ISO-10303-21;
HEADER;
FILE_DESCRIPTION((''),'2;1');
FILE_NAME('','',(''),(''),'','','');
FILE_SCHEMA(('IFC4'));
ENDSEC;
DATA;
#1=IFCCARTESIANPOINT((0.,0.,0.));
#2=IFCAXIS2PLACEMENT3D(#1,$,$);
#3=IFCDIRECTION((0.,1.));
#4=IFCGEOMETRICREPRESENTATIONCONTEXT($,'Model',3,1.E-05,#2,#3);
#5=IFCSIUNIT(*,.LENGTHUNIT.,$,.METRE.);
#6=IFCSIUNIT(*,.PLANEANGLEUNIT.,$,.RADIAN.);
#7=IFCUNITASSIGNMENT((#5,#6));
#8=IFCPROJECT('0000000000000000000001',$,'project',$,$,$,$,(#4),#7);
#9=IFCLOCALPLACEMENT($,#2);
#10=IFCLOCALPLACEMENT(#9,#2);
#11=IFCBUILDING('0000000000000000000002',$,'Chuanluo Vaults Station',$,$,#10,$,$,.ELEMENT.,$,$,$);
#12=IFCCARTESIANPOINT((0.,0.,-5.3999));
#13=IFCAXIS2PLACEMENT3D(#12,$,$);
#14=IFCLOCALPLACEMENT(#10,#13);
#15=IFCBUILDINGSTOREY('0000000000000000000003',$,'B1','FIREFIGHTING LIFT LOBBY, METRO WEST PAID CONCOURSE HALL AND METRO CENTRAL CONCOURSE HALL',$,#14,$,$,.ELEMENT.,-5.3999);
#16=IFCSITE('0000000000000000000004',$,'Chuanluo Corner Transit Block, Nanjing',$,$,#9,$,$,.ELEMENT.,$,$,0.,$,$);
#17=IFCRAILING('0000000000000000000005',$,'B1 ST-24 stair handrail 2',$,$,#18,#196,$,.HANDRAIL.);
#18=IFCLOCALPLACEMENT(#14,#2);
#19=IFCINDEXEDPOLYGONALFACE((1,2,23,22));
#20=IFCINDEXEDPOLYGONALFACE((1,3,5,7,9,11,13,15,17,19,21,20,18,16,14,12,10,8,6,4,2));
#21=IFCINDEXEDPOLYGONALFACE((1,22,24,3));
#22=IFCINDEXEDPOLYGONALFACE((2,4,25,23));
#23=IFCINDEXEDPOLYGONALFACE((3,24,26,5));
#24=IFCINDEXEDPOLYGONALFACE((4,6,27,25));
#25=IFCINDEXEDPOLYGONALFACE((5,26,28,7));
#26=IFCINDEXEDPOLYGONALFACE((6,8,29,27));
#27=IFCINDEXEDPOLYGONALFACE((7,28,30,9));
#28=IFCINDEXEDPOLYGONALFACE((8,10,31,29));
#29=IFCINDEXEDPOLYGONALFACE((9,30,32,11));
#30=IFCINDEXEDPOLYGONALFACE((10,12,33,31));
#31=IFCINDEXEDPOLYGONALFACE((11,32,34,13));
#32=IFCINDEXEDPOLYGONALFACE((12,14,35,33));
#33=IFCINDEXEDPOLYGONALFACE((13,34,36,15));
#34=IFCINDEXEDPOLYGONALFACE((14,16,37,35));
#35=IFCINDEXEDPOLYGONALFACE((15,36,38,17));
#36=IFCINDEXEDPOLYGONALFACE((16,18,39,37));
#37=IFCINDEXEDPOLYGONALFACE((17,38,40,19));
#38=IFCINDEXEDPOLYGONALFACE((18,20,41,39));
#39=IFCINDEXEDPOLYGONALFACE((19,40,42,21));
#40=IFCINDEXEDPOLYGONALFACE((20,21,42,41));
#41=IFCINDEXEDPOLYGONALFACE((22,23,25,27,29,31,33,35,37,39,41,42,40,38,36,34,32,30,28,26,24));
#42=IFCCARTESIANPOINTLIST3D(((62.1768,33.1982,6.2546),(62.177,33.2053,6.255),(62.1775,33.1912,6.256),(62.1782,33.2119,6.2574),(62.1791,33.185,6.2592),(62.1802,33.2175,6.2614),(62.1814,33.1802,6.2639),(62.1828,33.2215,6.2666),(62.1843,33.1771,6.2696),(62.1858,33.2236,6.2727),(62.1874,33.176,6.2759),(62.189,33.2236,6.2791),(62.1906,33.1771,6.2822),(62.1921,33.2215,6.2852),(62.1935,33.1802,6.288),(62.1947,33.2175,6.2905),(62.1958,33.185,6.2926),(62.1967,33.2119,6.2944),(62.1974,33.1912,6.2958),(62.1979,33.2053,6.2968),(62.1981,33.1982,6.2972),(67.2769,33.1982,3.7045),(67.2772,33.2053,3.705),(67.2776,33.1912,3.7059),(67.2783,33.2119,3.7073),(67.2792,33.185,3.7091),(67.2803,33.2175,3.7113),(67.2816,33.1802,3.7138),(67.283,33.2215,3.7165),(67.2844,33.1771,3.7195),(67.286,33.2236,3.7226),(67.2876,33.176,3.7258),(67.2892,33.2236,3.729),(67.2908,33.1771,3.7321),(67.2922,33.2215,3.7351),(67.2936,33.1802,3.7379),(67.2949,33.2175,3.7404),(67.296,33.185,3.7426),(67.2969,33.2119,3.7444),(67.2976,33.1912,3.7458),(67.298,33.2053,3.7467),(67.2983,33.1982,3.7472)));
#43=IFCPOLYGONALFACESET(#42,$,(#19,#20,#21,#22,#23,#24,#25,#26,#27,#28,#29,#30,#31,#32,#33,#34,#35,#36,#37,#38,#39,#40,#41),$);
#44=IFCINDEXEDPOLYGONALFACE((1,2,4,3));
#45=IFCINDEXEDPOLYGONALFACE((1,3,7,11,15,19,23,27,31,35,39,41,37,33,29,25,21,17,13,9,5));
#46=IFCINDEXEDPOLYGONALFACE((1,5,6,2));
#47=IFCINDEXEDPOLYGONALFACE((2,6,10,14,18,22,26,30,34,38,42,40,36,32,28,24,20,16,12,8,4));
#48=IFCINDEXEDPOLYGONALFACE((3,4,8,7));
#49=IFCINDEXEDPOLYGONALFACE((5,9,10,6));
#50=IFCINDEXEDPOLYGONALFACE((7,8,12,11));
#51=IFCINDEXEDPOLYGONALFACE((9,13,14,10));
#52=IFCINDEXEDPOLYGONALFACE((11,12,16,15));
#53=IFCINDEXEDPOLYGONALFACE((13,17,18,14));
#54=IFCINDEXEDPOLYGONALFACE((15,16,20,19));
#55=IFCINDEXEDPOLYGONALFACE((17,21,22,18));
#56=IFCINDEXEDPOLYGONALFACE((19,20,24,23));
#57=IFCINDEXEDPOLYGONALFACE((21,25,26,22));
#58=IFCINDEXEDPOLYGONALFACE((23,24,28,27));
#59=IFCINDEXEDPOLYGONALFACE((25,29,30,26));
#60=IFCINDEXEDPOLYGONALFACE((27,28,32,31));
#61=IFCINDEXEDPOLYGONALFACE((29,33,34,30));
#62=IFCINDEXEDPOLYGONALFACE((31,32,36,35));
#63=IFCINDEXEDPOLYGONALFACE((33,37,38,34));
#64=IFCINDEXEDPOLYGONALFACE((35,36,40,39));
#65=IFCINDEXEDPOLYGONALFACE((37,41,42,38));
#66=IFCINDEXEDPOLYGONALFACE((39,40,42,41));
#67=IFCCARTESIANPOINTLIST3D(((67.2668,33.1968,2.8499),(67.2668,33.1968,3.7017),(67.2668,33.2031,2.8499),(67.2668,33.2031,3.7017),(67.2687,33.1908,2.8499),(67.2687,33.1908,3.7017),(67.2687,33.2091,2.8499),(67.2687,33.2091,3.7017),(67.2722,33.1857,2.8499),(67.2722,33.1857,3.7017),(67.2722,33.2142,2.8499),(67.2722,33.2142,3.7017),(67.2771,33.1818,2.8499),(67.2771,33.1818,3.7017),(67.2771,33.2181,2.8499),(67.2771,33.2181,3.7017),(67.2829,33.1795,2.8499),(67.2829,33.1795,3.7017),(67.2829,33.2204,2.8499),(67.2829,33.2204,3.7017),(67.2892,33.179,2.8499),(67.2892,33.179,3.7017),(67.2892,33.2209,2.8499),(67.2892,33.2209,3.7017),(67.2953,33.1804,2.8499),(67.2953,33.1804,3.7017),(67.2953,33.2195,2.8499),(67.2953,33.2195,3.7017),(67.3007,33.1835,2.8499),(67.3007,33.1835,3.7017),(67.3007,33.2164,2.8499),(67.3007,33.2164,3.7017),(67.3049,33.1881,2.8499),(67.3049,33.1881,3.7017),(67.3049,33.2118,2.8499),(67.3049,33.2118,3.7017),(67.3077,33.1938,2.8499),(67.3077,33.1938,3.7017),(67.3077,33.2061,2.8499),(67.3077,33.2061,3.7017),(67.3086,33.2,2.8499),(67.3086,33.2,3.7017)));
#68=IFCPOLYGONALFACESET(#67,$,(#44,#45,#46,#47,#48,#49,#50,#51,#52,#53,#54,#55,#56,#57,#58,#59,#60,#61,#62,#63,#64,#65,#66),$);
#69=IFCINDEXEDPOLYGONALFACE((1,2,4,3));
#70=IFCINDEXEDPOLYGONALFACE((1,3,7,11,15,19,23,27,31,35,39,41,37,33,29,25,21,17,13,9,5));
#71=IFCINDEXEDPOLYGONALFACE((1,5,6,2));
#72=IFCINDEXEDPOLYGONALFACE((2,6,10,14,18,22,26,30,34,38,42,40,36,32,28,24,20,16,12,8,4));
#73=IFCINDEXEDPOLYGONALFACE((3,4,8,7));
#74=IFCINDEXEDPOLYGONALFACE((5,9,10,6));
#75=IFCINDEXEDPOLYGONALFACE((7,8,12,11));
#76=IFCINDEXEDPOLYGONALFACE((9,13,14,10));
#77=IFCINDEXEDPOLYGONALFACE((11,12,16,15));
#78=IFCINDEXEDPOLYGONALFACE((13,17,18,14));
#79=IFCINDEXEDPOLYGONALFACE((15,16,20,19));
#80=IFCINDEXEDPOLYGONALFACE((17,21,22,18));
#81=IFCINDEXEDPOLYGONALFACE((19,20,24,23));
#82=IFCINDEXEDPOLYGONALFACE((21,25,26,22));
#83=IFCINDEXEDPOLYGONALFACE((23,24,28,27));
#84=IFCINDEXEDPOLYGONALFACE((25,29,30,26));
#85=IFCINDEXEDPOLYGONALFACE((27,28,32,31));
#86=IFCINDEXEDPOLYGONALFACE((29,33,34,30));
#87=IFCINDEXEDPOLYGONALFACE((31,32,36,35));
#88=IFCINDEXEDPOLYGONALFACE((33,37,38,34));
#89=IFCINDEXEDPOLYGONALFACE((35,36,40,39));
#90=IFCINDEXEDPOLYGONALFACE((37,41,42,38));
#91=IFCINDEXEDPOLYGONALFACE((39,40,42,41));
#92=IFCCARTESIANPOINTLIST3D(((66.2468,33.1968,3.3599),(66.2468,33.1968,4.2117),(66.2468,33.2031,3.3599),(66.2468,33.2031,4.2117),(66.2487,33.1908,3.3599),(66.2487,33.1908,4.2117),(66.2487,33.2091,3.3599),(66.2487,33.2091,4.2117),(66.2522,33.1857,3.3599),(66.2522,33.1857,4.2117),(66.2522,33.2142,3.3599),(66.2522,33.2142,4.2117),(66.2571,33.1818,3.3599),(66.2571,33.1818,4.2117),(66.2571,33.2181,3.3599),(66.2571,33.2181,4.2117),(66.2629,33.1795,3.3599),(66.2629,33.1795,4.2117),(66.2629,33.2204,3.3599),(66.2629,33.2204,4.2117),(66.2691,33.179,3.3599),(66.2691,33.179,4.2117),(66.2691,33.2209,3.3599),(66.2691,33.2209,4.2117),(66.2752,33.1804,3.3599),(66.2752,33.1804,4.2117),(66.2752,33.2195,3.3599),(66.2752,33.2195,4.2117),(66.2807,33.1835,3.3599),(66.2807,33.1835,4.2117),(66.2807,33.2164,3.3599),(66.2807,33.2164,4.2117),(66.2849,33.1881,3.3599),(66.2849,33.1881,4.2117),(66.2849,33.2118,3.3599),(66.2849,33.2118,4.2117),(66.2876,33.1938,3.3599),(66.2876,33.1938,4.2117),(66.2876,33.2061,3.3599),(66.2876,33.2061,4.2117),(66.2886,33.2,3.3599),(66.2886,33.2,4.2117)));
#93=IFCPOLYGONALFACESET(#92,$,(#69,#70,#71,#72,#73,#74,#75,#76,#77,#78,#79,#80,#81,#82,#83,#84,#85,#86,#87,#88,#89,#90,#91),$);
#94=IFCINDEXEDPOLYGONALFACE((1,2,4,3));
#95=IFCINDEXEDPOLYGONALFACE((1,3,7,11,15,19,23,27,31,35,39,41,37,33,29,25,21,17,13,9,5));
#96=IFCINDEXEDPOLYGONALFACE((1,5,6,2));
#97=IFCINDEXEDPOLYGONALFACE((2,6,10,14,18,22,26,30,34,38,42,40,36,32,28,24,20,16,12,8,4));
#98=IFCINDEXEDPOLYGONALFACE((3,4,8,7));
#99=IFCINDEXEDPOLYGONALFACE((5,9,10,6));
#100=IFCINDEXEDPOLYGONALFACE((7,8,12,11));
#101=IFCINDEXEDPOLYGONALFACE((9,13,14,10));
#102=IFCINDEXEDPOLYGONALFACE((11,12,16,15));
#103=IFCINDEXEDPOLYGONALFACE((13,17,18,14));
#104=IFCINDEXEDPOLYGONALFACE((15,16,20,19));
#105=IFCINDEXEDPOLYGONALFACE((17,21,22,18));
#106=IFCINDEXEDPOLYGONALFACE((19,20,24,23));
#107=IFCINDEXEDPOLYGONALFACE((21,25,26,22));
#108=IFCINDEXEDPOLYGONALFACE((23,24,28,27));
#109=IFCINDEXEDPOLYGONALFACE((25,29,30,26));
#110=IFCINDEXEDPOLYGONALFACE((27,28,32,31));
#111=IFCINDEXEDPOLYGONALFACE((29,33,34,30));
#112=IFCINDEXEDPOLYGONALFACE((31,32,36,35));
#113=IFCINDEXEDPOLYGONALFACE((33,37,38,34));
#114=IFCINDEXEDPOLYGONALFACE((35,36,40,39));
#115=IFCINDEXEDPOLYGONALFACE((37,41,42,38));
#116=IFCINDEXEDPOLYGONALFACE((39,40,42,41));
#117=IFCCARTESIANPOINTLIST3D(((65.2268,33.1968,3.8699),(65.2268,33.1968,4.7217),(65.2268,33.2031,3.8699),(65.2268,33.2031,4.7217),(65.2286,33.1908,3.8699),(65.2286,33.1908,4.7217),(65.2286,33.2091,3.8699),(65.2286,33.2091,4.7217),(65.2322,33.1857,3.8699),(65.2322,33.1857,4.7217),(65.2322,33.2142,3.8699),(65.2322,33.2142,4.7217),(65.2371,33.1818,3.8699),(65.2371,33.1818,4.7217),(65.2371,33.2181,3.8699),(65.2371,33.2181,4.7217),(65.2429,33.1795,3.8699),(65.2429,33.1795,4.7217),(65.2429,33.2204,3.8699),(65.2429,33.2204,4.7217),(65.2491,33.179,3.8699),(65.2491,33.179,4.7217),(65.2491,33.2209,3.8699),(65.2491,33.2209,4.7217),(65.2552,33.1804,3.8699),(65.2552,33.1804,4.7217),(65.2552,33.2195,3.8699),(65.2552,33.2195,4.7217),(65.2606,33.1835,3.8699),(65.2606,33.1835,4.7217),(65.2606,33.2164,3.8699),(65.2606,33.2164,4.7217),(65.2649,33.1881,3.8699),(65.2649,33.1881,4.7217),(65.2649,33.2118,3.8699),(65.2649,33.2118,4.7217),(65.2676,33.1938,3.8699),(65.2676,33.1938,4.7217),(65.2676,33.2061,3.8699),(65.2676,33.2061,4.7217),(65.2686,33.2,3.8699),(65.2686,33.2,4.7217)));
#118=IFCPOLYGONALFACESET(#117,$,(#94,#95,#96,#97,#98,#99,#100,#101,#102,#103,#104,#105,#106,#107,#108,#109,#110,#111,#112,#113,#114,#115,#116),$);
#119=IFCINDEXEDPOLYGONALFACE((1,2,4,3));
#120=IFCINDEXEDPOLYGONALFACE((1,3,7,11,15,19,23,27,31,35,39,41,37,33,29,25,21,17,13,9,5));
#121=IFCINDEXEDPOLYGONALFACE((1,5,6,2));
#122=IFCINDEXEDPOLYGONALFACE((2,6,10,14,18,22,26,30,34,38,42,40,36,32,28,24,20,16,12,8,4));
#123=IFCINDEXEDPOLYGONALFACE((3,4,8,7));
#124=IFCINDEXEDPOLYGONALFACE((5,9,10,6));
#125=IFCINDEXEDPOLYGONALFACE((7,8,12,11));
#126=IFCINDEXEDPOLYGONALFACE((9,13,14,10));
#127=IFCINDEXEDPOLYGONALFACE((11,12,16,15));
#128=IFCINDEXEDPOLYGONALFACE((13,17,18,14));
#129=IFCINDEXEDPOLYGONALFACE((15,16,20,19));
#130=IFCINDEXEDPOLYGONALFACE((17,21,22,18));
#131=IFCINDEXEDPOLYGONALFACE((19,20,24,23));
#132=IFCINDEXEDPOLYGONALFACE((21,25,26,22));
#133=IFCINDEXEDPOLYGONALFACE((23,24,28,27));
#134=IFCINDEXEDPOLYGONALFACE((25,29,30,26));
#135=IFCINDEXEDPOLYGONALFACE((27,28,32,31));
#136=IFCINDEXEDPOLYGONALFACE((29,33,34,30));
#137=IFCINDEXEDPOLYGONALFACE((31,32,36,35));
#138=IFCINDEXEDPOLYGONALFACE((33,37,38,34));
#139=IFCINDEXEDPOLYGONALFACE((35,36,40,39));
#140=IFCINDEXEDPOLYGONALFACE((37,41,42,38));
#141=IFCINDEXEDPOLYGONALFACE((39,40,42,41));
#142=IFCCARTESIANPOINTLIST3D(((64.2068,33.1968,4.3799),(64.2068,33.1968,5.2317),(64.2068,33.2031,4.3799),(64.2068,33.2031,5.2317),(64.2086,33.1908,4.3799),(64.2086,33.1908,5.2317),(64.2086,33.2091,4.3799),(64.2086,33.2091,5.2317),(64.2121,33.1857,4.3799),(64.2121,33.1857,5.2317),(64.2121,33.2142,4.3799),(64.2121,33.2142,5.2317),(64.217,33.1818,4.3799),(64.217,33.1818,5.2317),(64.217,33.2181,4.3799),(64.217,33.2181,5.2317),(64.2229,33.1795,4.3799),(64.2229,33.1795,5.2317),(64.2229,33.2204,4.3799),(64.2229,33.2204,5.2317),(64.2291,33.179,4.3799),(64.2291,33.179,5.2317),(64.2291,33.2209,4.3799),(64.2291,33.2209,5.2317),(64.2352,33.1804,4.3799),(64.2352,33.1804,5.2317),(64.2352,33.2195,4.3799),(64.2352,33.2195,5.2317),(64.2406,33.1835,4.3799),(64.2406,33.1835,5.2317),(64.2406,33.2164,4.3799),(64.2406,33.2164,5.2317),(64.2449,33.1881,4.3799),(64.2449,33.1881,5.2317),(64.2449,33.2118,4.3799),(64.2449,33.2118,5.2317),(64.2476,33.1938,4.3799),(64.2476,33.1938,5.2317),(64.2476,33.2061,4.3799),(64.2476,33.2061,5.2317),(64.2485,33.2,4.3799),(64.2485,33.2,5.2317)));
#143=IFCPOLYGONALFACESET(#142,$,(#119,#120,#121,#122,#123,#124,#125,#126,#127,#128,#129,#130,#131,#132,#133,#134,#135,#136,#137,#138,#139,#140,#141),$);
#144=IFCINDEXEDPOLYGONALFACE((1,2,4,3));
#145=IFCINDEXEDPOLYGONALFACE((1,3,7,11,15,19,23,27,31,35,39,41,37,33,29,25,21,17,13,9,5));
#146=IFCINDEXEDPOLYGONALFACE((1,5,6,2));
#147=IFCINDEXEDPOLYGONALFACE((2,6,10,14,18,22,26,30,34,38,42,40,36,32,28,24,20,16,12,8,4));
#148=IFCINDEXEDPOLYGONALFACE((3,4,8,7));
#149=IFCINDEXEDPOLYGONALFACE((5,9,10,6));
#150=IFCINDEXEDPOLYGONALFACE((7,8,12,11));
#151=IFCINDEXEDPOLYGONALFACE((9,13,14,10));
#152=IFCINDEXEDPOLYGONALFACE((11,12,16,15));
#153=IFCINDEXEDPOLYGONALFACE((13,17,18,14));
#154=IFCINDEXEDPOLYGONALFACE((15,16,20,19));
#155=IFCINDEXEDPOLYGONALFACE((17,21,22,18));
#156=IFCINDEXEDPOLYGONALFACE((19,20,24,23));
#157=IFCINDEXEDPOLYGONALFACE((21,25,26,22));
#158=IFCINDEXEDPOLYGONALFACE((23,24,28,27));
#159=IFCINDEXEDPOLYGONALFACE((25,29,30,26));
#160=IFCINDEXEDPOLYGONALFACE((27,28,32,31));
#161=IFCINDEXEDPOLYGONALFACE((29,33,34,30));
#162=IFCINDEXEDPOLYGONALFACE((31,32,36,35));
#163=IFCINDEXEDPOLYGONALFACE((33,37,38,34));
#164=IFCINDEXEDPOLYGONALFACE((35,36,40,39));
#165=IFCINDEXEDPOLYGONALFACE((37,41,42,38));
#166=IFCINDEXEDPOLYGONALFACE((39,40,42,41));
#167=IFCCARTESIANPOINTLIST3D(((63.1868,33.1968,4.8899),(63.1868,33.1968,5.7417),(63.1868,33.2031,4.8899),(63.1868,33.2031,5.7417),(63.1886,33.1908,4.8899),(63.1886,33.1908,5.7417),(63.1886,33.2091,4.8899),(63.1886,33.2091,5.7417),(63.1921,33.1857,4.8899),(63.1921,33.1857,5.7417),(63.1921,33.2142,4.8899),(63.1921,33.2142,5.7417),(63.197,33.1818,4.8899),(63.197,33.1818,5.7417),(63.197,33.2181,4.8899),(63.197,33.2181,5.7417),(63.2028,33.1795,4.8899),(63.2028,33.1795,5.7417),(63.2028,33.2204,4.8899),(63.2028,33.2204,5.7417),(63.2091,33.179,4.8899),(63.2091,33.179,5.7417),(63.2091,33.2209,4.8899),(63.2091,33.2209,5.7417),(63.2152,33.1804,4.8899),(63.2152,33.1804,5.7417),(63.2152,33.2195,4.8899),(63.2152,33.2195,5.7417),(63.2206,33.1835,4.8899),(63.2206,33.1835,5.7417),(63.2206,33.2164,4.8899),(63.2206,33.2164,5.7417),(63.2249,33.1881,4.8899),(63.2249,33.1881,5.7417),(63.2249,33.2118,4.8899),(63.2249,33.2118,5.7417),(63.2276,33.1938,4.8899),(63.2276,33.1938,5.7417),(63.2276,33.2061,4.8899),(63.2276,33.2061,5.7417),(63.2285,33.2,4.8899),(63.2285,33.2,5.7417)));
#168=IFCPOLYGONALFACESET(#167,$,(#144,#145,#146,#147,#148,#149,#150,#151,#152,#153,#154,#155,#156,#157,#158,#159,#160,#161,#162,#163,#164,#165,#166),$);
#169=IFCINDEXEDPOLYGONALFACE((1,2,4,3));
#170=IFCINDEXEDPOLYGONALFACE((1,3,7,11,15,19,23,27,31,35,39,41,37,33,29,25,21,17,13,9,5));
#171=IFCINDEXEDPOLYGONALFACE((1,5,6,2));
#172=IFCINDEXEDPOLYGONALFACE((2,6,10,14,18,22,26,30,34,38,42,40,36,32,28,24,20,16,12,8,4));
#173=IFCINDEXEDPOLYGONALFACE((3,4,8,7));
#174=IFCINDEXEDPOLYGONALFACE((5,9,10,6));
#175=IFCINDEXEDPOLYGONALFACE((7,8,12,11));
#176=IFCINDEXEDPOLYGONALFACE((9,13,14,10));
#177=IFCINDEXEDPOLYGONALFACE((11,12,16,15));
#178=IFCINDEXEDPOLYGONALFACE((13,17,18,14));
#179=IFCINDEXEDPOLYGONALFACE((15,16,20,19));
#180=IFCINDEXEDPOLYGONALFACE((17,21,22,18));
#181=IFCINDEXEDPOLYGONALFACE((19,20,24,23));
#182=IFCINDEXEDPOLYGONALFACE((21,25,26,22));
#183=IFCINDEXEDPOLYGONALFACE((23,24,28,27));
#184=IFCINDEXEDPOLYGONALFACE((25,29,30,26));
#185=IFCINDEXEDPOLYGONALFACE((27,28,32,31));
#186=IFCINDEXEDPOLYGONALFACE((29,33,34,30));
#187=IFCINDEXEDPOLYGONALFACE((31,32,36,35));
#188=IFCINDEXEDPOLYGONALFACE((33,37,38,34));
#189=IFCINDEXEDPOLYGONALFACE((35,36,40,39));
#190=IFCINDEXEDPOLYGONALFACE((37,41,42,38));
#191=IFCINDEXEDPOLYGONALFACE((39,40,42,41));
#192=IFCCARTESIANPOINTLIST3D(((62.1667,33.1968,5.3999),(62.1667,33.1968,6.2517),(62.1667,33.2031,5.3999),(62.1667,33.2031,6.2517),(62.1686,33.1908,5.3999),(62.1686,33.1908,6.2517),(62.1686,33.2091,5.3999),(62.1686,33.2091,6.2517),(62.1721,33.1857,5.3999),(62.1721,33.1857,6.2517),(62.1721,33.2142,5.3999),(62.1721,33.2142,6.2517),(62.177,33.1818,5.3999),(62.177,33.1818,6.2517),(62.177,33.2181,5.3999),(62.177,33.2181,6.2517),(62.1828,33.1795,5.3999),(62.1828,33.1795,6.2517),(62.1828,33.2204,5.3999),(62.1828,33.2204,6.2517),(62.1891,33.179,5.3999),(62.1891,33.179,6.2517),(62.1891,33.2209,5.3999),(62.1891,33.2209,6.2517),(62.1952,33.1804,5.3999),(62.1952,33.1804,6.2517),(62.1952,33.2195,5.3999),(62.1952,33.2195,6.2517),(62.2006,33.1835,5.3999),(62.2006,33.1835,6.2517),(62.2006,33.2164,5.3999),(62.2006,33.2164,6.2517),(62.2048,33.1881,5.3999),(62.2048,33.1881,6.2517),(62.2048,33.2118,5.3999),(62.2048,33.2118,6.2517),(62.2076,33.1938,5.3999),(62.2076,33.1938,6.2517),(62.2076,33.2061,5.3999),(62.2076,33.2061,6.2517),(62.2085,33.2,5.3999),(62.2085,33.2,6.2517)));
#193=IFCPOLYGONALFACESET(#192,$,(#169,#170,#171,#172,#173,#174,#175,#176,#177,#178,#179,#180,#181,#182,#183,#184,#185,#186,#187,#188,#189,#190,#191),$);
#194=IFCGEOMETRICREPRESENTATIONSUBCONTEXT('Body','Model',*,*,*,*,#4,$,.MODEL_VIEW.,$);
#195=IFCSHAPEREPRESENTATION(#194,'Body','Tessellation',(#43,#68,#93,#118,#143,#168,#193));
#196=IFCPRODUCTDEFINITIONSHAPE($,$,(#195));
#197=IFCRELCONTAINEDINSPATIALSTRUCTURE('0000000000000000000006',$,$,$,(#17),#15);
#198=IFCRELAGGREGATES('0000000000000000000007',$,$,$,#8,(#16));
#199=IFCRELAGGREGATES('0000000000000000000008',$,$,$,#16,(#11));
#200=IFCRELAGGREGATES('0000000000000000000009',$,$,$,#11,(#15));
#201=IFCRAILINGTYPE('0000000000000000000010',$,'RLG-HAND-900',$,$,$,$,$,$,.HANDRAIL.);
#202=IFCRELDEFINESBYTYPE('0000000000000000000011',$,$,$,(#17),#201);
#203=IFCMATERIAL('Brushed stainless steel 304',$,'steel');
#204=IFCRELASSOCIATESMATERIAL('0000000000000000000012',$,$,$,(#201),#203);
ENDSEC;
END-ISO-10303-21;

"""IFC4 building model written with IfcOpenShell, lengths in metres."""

from ifc_helpers import new_model, si_unit, direction, frame, origin, origin_2d, place, context, subcontext, project, spatial, circle, extrude, material, type_object, element, save


model = new_model("IFC4")

# Units and contexts
model_context = context("Model", 3, precision=1e-05, world=origin(), true_north=direction((0.0, 1.0)))
body_context = subcontext(model_context, "Body", "Model", "MODEL_VIEW")
ifc_project = project(units=[si_unit("LENGTHUNIT", "METRE"), si_unit("PLANEANGLEUNIT", "RADIAN")], contexts=[model_context])

# Site, building, storey
site_placement = place(None, origin())
site = spatial("IfcSite", under=ifc_project, at=site_placement, Name="Chuanluo Corner Transit Block, Nanjing", CompositionType="ELEMENT", RefElevation=0.0)
building_placement = place(site_placement, origin())
building = spatial("IfcBuilding", under=site, at=building_placement, Name="Chuanluo Vaults Station", CompositionType="ELEMENT")
storey_placement = place(building_placement, frame((0.0, 0.0, -5.3999)))
storey = spatial("IfcBuildingStorey", under=building, at=storey_placement, Name="B1", Description="FIREFIGHTING LIFT LOBBY, METRO WEST PAID CONCOURSE HALL AND METRO CENTRAL CONCOURSE HALL", CompositionType="ELEMENT", Elevation=-5.3999)

# Railing
ifc_material_1 = material(Name="Brushed stainless steel 304", Category="steel")
railing_type = type_object("IfcRailingType", Name="RLG-HAND-900", PredefinedType="HANDRAIL", material=ifc_material_1)
railing_placement = place(storey_placement, frame((67.2876, 33.2, 2.8499)))
element("IfcRailing", 1, at=railing_placement, inside=storey, type_object=railing_type, Name="B1 ST-24 stair handrail 2", PredefinedType="HANDRAIL", context=body_context, shape_type="SweptSolid", body=[
    extrude(circle(Radius=0.0239, at=origin_2d()), frame((0.0, 0.0, 0.876), z_axis=(-0.894427, 0.0, 0.447214), x_axis=(0.0, -1.0, 0.0)), (0.0, 0.0, 1.0), 5.7021),
    extrude(circle(Radius=0.021, at=origin_2d()), origin(), (0.0, 0.0, 1.0), 0.8518),
    extrude(circle(Radius=0.021, at=origin_2d()), frame((-1.02, 0.0, 0.51)), (0.0, 0.0, 1.0), 0.8518),
    extrude(circle(Radius=0.021, at=origin_2d()), frame((-2.04, 0.0, 1.02)), (0.0, 0.0, 1.0), 0.8518),
    extrude(circle(Radius=0.021, at=origin_2d()), frame((-3.0601, 0.0, 1.53)), (0.0, 0.0, 1.0), 0.8518),
    extrude(circle(Radius=0.021, at=origin_2d()), frame((-4.0801, 0.0, 2.04)), (0.0, 0.0, 1.0), 0.8518),
    extrude(circle(Radius=0.021, at=origin_2d()), frame((-5.1001, 0.0, 2.55)), (0.0, 0.0, 1.0), 0.8518),
])

save(model, "model.ifc")
